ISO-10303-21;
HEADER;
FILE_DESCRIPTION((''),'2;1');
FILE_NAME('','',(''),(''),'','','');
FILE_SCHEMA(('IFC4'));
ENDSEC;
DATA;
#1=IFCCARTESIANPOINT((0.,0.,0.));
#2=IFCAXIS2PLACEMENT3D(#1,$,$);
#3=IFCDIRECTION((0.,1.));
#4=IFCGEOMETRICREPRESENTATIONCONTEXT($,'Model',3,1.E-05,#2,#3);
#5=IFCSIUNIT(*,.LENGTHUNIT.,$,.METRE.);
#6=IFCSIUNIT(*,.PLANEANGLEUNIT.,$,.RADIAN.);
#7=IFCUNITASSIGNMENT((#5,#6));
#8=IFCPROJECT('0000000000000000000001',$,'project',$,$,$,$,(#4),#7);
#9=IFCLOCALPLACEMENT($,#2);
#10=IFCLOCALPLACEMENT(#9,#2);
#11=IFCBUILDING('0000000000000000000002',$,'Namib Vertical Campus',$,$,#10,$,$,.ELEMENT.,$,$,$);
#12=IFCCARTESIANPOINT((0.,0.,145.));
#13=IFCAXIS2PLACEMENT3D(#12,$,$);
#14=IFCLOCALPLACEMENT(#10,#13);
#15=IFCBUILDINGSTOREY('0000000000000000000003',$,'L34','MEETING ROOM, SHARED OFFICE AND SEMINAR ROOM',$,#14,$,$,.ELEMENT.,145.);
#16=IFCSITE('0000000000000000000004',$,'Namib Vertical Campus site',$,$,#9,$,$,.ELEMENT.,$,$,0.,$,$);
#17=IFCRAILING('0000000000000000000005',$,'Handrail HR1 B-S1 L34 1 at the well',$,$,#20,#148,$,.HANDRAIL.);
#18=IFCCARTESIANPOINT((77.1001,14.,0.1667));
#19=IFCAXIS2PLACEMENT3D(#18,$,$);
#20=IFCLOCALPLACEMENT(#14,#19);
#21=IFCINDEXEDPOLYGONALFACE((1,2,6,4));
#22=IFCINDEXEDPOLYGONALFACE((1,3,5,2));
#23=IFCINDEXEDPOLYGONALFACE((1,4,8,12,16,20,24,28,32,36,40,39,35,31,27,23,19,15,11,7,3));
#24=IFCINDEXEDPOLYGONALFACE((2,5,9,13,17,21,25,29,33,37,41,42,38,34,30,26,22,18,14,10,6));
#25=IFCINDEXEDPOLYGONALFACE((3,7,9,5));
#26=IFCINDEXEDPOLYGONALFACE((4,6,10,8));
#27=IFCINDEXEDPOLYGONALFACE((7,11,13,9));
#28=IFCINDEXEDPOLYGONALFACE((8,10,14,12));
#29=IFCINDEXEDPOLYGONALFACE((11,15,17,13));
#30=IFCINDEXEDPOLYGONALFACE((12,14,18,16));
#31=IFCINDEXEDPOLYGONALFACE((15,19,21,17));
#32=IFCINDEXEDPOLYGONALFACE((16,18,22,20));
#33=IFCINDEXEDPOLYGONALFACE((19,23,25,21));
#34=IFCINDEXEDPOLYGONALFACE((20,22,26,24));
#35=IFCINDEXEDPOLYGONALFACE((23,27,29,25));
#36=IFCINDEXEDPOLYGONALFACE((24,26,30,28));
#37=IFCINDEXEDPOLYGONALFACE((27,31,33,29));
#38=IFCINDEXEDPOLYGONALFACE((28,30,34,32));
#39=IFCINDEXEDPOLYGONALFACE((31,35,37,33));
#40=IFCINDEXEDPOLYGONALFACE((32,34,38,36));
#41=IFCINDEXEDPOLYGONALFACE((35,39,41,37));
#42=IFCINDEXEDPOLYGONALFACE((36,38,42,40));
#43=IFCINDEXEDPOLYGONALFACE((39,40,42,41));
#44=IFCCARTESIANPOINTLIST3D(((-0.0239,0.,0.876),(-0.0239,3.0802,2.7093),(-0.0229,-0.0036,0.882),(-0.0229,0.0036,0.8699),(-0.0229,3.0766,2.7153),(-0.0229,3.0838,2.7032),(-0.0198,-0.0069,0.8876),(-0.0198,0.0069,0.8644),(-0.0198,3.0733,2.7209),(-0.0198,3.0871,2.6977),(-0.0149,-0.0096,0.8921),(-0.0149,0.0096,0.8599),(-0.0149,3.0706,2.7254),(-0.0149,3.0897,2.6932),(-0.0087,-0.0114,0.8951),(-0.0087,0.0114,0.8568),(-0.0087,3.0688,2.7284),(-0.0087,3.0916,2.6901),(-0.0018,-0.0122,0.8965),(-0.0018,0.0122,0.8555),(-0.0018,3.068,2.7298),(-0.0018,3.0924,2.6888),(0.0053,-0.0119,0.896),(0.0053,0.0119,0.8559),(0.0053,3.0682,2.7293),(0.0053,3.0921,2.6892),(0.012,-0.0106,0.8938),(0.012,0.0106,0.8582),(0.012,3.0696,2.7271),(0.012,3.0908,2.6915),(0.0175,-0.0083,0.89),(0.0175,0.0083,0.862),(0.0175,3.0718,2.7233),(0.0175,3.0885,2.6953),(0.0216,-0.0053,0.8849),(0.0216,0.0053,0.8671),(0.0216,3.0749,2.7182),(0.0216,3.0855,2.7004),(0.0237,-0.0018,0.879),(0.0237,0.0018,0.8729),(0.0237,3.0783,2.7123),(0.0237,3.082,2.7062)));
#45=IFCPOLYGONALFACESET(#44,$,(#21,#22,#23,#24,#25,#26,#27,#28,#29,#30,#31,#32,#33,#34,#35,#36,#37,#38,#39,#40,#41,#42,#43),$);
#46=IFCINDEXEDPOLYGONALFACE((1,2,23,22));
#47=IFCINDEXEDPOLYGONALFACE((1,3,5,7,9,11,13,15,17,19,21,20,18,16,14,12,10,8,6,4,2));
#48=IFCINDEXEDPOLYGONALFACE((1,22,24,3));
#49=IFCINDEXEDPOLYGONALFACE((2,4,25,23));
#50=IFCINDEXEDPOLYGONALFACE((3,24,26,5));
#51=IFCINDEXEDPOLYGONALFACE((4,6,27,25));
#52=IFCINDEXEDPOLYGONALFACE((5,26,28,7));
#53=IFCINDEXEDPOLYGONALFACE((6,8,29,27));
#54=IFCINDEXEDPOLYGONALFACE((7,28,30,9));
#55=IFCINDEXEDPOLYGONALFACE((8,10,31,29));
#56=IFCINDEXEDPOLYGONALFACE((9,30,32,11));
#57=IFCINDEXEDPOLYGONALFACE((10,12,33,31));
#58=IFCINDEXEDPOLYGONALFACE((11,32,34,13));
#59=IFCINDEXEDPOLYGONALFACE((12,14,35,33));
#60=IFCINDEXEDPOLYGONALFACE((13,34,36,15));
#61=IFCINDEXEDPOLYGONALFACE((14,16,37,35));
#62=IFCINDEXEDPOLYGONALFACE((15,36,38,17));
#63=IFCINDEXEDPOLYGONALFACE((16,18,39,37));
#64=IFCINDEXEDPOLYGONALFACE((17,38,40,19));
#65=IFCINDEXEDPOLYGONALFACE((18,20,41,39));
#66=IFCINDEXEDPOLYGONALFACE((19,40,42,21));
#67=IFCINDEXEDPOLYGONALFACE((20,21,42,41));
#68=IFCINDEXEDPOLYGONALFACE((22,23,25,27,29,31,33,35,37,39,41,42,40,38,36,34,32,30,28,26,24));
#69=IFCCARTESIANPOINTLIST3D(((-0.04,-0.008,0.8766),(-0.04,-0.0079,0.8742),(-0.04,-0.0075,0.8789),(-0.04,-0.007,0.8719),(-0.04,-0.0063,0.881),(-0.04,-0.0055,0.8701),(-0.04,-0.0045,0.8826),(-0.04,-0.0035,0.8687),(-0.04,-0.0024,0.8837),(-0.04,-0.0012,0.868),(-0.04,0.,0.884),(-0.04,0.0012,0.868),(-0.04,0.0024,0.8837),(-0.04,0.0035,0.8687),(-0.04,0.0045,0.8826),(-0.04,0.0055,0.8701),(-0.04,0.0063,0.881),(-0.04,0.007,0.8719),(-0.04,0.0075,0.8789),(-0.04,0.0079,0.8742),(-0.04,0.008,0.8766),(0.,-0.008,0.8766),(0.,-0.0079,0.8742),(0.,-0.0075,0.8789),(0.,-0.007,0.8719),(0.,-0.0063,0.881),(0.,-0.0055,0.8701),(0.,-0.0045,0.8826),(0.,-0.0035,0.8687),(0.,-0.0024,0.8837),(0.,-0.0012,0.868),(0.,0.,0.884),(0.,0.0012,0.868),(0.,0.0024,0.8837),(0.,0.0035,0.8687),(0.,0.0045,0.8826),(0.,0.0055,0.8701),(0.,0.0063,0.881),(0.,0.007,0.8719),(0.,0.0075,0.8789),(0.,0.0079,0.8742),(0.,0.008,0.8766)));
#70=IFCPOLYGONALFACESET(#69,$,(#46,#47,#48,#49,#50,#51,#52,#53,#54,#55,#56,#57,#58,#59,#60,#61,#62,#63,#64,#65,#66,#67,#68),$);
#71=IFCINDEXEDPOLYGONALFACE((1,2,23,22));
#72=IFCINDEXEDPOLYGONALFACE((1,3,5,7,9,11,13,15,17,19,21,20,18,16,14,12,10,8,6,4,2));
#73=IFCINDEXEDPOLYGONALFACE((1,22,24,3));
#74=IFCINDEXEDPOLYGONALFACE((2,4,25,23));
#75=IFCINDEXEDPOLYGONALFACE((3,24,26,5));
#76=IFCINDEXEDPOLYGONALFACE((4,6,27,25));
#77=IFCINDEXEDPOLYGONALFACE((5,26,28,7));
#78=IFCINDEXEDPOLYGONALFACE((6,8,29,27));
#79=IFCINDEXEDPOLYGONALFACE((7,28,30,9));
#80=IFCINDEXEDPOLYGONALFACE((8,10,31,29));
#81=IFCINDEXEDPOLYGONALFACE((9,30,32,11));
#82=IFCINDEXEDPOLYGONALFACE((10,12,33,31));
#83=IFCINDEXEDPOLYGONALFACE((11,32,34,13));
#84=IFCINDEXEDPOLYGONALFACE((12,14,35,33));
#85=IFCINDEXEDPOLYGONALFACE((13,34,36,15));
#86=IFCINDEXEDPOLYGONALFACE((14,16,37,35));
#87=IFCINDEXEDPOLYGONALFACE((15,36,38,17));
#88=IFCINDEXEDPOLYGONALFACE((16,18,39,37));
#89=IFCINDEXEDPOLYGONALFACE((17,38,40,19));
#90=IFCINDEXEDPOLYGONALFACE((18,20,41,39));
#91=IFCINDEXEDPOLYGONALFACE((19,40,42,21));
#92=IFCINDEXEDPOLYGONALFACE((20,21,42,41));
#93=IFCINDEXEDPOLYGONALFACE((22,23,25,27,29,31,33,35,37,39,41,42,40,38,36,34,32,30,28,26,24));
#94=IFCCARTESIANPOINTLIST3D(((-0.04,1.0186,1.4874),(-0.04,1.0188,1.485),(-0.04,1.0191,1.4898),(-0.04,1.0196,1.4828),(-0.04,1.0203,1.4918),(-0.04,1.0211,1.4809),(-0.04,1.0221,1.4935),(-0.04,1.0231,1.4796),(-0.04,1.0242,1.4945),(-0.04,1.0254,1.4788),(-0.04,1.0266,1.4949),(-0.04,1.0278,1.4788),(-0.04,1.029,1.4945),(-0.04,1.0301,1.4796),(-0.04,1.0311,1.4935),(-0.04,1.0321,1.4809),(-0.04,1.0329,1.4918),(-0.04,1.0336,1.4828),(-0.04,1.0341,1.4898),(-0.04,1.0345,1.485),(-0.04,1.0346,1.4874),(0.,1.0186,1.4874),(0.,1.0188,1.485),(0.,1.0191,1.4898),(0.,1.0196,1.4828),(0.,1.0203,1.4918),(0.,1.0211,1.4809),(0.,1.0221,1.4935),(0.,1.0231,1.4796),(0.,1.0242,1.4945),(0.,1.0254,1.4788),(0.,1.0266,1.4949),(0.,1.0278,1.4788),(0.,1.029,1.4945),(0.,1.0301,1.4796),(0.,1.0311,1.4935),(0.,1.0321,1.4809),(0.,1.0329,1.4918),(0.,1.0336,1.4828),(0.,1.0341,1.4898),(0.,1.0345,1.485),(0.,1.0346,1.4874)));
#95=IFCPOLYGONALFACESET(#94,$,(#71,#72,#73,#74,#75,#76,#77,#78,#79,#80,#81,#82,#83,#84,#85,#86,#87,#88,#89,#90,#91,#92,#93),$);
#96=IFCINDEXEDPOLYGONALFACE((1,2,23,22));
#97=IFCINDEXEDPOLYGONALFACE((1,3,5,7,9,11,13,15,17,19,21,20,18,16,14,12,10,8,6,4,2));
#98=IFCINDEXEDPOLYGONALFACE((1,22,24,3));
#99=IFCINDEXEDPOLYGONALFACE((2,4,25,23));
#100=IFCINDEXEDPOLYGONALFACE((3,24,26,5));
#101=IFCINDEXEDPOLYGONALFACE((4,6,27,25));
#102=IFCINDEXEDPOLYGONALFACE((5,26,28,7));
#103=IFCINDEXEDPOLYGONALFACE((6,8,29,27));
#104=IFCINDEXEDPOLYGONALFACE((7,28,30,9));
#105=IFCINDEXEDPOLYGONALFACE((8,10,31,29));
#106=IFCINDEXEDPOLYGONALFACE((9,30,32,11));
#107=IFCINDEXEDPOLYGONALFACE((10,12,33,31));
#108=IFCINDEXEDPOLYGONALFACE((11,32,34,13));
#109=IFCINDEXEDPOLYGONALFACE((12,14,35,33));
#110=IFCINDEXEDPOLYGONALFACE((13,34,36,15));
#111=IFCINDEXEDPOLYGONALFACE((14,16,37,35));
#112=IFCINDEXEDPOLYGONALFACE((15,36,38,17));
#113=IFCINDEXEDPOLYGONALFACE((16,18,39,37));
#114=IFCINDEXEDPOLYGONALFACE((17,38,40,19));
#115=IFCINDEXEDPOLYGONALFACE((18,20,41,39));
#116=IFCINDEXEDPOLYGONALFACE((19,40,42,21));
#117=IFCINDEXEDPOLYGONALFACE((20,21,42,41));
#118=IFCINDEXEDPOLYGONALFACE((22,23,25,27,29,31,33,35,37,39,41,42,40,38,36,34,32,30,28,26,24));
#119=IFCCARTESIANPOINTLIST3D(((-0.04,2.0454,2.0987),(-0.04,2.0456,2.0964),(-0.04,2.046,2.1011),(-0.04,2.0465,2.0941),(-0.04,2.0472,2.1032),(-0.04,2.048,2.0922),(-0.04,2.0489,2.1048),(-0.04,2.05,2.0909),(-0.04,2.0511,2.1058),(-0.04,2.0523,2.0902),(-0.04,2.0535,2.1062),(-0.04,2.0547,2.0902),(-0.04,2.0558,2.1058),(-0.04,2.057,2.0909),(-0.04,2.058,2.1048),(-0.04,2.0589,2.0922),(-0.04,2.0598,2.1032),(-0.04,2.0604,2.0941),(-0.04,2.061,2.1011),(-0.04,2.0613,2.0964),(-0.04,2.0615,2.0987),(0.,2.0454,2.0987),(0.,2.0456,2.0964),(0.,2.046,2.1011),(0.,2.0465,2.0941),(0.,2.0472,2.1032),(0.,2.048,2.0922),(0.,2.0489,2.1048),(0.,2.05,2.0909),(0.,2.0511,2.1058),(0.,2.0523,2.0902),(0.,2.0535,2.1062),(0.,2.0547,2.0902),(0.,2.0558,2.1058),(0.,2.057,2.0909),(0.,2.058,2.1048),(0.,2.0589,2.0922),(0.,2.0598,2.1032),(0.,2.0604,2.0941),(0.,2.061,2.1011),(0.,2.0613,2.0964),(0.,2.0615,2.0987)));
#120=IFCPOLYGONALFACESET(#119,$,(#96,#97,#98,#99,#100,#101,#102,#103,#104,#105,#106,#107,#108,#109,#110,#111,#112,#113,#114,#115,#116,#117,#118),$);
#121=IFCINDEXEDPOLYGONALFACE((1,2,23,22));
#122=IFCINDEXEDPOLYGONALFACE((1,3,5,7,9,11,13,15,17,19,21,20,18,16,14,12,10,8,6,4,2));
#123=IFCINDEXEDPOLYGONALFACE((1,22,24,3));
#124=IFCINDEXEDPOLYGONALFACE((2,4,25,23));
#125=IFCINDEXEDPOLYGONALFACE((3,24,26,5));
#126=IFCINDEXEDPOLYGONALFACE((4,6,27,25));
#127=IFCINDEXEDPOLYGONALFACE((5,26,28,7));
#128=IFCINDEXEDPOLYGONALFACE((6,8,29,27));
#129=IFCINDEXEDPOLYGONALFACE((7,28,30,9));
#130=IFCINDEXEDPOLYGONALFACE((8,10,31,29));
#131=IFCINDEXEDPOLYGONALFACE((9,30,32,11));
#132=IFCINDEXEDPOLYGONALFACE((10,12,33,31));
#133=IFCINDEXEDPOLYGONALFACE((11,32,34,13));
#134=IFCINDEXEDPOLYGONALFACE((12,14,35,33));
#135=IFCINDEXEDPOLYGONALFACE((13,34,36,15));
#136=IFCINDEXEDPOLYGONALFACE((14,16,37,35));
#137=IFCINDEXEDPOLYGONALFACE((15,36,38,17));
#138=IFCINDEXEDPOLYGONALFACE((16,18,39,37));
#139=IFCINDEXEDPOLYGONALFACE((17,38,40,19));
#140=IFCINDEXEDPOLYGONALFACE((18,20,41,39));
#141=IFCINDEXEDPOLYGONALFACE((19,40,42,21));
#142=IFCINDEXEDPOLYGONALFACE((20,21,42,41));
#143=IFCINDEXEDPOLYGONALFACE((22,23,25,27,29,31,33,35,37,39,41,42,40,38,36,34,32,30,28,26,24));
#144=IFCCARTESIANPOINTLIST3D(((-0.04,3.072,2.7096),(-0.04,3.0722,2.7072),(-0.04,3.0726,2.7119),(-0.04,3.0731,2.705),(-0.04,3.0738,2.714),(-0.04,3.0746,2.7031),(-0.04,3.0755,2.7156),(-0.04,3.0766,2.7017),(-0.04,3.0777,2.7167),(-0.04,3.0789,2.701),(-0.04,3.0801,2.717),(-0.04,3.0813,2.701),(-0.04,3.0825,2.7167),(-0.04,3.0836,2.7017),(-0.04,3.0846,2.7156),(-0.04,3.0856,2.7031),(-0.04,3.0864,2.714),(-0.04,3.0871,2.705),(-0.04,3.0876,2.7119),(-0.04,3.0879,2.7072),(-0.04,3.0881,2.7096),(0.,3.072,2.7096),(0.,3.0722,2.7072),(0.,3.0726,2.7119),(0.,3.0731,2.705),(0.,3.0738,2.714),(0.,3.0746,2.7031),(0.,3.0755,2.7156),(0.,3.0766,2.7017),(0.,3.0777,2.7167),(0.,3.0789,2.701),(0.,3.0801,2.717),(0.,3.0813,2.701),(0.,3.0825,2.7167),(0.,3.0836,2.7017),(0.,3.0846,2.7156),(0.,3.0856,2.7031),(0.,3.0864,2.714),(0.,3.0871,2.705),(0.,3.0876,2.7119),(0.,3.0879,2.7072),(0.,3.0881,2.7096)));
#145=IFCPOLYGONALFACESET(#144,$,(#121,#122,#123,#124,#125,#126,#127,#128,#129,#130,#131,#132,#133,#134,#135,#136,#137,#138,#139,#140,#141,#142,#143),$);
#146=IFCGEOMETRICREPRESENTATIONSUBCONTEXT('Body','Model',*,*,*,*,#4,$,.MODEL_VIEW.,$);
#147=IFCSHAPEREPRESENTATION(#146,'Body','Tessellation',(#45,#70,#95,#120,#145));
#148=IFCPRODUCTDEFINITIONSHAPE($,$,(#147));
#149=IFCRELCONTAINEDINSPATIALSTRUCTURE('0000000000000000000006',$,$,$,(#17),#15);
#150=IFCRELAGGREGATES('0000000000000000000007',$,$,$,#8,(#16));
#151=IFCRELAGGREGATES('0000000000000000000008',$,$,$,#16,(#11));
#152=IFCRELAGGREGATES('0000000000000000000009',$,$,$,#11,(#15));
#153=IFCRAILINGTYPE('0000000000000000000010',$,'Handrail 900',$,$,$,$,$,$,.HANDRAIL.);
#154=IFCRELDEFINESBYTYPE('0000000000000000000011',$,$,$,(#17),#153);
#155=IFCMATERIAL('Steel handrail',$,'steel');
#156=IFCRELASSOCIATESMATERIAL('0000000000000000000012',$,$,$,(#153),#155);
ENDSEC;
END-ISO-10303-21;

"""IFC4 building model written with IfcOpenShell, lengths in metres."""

from ifc_helpers import new_model, si_unit, direction, frame, origin, origin_2d, place, context, subcontext, project, spatial, circle, extrude, material, type_object, element, save


model = new_model("IFC4")

# Units and contexts
model_context = context("Model", 3, precision=1e-05, world=origin(), true_north=direction((0.0, 1.0)))
body_context = subcontext(model_context, "Body", "Model", "MODEL_VIEW")
ifc_project = project(units=[si_unit("LENGTHUNIT", "METRE"), si_unit("PLANEANGLEUNIT", "RADIAN")], contexts=[model_context])

# Site, building, storey
site_placement = place(None, origin())
site = spatial("IfcSite", under=ifc_project, at=site_placement, Name="Namib Vertical Campus site", CompositionType="ELEMENT", RefElevation=0.0)
building_placement = place(site_placement, origin())
building = spatial("IfcBuilding", under=site, at=building_placement, Name="Namib Vertical Campus", CompositionType="ELEMENT")
storey_placement = place(building_placement, frame((0.0, 0.0, 145.0)))
storey = spatial("IfcBuildingStorey", under=building, at=storey_placement, Name="L34", Description="MEETING ROOM, SHARED OFFICE AND SEMINAR ROOM", CompositionType="ELEMENT", Elevation=145.0)

# Railing
ifc_material_1 = material(Name="Steel handrail", Category="steel")
railing_type_1 = type_object("IfcRailingType", Name="Handrail 900", PredefinedType="HANDRAIL", material=ifc_material_1)
railing_1_placement = place(storey_placement, frame((77.1001, 14.0, 0.1667)))
element("IfcRailing", 1, at=railing_1_placement, inside=storey, type_object=railing_type_1, Name="Handrail HR1 B-S1 L34 1 at the well", PredefinedType="HANDRAIL", context=body_context, shape_type="SweptSolid", body=[
    extrude(circle(Radius=0.0239, at=origin_2d()), frame((0.0, 0.0, 0.876), z_axis=(0.0, 0.859309, 0.511458), x_axis=(-1.0, 0.0, 0.0)), (0.0, 0.0, 1.0), 3.5845),
    extrude(circle(Radius=0.0081, at=origin_2d()), frame((0.0, 0.0, 0.876), z_axis=(-1.0, 0.0, 0.0), x_axis=(0.0, 0.0, 1.0)), (0.0, 0.0, 1.0), 0.04),
    extrude(circle(Radius=0.0081, at=origin_2d()), frame((0.0, 1.0266, 1.4868), z_axis=(-1.0, 0.0, 0.0), x_axis=(0.0, 0.0, 1.0)), (0.0, 0.0, 1.0), 0.04),
    extrude(circle(Radius=0.0081, at=origin_2d()), frame((0.0, 2.0535, 2.0981), z_axis=(-1.0, 0.0, 0.0), x_axis=(0.0, 0.0, 1.0)), (0.0, 0.0, 1.0), 0.04),
    extrude(circle(Radius=0.0081, at=origin_2d()), frame((0.0, 3.0801, 2.709), z_axis=(-1.0, 0.0, 0.0), x_axis=(0.0, 0.0, 1.0)), (0.0, 0.0, 1.0), 0.04),
])

save(model, "model.ifc")
